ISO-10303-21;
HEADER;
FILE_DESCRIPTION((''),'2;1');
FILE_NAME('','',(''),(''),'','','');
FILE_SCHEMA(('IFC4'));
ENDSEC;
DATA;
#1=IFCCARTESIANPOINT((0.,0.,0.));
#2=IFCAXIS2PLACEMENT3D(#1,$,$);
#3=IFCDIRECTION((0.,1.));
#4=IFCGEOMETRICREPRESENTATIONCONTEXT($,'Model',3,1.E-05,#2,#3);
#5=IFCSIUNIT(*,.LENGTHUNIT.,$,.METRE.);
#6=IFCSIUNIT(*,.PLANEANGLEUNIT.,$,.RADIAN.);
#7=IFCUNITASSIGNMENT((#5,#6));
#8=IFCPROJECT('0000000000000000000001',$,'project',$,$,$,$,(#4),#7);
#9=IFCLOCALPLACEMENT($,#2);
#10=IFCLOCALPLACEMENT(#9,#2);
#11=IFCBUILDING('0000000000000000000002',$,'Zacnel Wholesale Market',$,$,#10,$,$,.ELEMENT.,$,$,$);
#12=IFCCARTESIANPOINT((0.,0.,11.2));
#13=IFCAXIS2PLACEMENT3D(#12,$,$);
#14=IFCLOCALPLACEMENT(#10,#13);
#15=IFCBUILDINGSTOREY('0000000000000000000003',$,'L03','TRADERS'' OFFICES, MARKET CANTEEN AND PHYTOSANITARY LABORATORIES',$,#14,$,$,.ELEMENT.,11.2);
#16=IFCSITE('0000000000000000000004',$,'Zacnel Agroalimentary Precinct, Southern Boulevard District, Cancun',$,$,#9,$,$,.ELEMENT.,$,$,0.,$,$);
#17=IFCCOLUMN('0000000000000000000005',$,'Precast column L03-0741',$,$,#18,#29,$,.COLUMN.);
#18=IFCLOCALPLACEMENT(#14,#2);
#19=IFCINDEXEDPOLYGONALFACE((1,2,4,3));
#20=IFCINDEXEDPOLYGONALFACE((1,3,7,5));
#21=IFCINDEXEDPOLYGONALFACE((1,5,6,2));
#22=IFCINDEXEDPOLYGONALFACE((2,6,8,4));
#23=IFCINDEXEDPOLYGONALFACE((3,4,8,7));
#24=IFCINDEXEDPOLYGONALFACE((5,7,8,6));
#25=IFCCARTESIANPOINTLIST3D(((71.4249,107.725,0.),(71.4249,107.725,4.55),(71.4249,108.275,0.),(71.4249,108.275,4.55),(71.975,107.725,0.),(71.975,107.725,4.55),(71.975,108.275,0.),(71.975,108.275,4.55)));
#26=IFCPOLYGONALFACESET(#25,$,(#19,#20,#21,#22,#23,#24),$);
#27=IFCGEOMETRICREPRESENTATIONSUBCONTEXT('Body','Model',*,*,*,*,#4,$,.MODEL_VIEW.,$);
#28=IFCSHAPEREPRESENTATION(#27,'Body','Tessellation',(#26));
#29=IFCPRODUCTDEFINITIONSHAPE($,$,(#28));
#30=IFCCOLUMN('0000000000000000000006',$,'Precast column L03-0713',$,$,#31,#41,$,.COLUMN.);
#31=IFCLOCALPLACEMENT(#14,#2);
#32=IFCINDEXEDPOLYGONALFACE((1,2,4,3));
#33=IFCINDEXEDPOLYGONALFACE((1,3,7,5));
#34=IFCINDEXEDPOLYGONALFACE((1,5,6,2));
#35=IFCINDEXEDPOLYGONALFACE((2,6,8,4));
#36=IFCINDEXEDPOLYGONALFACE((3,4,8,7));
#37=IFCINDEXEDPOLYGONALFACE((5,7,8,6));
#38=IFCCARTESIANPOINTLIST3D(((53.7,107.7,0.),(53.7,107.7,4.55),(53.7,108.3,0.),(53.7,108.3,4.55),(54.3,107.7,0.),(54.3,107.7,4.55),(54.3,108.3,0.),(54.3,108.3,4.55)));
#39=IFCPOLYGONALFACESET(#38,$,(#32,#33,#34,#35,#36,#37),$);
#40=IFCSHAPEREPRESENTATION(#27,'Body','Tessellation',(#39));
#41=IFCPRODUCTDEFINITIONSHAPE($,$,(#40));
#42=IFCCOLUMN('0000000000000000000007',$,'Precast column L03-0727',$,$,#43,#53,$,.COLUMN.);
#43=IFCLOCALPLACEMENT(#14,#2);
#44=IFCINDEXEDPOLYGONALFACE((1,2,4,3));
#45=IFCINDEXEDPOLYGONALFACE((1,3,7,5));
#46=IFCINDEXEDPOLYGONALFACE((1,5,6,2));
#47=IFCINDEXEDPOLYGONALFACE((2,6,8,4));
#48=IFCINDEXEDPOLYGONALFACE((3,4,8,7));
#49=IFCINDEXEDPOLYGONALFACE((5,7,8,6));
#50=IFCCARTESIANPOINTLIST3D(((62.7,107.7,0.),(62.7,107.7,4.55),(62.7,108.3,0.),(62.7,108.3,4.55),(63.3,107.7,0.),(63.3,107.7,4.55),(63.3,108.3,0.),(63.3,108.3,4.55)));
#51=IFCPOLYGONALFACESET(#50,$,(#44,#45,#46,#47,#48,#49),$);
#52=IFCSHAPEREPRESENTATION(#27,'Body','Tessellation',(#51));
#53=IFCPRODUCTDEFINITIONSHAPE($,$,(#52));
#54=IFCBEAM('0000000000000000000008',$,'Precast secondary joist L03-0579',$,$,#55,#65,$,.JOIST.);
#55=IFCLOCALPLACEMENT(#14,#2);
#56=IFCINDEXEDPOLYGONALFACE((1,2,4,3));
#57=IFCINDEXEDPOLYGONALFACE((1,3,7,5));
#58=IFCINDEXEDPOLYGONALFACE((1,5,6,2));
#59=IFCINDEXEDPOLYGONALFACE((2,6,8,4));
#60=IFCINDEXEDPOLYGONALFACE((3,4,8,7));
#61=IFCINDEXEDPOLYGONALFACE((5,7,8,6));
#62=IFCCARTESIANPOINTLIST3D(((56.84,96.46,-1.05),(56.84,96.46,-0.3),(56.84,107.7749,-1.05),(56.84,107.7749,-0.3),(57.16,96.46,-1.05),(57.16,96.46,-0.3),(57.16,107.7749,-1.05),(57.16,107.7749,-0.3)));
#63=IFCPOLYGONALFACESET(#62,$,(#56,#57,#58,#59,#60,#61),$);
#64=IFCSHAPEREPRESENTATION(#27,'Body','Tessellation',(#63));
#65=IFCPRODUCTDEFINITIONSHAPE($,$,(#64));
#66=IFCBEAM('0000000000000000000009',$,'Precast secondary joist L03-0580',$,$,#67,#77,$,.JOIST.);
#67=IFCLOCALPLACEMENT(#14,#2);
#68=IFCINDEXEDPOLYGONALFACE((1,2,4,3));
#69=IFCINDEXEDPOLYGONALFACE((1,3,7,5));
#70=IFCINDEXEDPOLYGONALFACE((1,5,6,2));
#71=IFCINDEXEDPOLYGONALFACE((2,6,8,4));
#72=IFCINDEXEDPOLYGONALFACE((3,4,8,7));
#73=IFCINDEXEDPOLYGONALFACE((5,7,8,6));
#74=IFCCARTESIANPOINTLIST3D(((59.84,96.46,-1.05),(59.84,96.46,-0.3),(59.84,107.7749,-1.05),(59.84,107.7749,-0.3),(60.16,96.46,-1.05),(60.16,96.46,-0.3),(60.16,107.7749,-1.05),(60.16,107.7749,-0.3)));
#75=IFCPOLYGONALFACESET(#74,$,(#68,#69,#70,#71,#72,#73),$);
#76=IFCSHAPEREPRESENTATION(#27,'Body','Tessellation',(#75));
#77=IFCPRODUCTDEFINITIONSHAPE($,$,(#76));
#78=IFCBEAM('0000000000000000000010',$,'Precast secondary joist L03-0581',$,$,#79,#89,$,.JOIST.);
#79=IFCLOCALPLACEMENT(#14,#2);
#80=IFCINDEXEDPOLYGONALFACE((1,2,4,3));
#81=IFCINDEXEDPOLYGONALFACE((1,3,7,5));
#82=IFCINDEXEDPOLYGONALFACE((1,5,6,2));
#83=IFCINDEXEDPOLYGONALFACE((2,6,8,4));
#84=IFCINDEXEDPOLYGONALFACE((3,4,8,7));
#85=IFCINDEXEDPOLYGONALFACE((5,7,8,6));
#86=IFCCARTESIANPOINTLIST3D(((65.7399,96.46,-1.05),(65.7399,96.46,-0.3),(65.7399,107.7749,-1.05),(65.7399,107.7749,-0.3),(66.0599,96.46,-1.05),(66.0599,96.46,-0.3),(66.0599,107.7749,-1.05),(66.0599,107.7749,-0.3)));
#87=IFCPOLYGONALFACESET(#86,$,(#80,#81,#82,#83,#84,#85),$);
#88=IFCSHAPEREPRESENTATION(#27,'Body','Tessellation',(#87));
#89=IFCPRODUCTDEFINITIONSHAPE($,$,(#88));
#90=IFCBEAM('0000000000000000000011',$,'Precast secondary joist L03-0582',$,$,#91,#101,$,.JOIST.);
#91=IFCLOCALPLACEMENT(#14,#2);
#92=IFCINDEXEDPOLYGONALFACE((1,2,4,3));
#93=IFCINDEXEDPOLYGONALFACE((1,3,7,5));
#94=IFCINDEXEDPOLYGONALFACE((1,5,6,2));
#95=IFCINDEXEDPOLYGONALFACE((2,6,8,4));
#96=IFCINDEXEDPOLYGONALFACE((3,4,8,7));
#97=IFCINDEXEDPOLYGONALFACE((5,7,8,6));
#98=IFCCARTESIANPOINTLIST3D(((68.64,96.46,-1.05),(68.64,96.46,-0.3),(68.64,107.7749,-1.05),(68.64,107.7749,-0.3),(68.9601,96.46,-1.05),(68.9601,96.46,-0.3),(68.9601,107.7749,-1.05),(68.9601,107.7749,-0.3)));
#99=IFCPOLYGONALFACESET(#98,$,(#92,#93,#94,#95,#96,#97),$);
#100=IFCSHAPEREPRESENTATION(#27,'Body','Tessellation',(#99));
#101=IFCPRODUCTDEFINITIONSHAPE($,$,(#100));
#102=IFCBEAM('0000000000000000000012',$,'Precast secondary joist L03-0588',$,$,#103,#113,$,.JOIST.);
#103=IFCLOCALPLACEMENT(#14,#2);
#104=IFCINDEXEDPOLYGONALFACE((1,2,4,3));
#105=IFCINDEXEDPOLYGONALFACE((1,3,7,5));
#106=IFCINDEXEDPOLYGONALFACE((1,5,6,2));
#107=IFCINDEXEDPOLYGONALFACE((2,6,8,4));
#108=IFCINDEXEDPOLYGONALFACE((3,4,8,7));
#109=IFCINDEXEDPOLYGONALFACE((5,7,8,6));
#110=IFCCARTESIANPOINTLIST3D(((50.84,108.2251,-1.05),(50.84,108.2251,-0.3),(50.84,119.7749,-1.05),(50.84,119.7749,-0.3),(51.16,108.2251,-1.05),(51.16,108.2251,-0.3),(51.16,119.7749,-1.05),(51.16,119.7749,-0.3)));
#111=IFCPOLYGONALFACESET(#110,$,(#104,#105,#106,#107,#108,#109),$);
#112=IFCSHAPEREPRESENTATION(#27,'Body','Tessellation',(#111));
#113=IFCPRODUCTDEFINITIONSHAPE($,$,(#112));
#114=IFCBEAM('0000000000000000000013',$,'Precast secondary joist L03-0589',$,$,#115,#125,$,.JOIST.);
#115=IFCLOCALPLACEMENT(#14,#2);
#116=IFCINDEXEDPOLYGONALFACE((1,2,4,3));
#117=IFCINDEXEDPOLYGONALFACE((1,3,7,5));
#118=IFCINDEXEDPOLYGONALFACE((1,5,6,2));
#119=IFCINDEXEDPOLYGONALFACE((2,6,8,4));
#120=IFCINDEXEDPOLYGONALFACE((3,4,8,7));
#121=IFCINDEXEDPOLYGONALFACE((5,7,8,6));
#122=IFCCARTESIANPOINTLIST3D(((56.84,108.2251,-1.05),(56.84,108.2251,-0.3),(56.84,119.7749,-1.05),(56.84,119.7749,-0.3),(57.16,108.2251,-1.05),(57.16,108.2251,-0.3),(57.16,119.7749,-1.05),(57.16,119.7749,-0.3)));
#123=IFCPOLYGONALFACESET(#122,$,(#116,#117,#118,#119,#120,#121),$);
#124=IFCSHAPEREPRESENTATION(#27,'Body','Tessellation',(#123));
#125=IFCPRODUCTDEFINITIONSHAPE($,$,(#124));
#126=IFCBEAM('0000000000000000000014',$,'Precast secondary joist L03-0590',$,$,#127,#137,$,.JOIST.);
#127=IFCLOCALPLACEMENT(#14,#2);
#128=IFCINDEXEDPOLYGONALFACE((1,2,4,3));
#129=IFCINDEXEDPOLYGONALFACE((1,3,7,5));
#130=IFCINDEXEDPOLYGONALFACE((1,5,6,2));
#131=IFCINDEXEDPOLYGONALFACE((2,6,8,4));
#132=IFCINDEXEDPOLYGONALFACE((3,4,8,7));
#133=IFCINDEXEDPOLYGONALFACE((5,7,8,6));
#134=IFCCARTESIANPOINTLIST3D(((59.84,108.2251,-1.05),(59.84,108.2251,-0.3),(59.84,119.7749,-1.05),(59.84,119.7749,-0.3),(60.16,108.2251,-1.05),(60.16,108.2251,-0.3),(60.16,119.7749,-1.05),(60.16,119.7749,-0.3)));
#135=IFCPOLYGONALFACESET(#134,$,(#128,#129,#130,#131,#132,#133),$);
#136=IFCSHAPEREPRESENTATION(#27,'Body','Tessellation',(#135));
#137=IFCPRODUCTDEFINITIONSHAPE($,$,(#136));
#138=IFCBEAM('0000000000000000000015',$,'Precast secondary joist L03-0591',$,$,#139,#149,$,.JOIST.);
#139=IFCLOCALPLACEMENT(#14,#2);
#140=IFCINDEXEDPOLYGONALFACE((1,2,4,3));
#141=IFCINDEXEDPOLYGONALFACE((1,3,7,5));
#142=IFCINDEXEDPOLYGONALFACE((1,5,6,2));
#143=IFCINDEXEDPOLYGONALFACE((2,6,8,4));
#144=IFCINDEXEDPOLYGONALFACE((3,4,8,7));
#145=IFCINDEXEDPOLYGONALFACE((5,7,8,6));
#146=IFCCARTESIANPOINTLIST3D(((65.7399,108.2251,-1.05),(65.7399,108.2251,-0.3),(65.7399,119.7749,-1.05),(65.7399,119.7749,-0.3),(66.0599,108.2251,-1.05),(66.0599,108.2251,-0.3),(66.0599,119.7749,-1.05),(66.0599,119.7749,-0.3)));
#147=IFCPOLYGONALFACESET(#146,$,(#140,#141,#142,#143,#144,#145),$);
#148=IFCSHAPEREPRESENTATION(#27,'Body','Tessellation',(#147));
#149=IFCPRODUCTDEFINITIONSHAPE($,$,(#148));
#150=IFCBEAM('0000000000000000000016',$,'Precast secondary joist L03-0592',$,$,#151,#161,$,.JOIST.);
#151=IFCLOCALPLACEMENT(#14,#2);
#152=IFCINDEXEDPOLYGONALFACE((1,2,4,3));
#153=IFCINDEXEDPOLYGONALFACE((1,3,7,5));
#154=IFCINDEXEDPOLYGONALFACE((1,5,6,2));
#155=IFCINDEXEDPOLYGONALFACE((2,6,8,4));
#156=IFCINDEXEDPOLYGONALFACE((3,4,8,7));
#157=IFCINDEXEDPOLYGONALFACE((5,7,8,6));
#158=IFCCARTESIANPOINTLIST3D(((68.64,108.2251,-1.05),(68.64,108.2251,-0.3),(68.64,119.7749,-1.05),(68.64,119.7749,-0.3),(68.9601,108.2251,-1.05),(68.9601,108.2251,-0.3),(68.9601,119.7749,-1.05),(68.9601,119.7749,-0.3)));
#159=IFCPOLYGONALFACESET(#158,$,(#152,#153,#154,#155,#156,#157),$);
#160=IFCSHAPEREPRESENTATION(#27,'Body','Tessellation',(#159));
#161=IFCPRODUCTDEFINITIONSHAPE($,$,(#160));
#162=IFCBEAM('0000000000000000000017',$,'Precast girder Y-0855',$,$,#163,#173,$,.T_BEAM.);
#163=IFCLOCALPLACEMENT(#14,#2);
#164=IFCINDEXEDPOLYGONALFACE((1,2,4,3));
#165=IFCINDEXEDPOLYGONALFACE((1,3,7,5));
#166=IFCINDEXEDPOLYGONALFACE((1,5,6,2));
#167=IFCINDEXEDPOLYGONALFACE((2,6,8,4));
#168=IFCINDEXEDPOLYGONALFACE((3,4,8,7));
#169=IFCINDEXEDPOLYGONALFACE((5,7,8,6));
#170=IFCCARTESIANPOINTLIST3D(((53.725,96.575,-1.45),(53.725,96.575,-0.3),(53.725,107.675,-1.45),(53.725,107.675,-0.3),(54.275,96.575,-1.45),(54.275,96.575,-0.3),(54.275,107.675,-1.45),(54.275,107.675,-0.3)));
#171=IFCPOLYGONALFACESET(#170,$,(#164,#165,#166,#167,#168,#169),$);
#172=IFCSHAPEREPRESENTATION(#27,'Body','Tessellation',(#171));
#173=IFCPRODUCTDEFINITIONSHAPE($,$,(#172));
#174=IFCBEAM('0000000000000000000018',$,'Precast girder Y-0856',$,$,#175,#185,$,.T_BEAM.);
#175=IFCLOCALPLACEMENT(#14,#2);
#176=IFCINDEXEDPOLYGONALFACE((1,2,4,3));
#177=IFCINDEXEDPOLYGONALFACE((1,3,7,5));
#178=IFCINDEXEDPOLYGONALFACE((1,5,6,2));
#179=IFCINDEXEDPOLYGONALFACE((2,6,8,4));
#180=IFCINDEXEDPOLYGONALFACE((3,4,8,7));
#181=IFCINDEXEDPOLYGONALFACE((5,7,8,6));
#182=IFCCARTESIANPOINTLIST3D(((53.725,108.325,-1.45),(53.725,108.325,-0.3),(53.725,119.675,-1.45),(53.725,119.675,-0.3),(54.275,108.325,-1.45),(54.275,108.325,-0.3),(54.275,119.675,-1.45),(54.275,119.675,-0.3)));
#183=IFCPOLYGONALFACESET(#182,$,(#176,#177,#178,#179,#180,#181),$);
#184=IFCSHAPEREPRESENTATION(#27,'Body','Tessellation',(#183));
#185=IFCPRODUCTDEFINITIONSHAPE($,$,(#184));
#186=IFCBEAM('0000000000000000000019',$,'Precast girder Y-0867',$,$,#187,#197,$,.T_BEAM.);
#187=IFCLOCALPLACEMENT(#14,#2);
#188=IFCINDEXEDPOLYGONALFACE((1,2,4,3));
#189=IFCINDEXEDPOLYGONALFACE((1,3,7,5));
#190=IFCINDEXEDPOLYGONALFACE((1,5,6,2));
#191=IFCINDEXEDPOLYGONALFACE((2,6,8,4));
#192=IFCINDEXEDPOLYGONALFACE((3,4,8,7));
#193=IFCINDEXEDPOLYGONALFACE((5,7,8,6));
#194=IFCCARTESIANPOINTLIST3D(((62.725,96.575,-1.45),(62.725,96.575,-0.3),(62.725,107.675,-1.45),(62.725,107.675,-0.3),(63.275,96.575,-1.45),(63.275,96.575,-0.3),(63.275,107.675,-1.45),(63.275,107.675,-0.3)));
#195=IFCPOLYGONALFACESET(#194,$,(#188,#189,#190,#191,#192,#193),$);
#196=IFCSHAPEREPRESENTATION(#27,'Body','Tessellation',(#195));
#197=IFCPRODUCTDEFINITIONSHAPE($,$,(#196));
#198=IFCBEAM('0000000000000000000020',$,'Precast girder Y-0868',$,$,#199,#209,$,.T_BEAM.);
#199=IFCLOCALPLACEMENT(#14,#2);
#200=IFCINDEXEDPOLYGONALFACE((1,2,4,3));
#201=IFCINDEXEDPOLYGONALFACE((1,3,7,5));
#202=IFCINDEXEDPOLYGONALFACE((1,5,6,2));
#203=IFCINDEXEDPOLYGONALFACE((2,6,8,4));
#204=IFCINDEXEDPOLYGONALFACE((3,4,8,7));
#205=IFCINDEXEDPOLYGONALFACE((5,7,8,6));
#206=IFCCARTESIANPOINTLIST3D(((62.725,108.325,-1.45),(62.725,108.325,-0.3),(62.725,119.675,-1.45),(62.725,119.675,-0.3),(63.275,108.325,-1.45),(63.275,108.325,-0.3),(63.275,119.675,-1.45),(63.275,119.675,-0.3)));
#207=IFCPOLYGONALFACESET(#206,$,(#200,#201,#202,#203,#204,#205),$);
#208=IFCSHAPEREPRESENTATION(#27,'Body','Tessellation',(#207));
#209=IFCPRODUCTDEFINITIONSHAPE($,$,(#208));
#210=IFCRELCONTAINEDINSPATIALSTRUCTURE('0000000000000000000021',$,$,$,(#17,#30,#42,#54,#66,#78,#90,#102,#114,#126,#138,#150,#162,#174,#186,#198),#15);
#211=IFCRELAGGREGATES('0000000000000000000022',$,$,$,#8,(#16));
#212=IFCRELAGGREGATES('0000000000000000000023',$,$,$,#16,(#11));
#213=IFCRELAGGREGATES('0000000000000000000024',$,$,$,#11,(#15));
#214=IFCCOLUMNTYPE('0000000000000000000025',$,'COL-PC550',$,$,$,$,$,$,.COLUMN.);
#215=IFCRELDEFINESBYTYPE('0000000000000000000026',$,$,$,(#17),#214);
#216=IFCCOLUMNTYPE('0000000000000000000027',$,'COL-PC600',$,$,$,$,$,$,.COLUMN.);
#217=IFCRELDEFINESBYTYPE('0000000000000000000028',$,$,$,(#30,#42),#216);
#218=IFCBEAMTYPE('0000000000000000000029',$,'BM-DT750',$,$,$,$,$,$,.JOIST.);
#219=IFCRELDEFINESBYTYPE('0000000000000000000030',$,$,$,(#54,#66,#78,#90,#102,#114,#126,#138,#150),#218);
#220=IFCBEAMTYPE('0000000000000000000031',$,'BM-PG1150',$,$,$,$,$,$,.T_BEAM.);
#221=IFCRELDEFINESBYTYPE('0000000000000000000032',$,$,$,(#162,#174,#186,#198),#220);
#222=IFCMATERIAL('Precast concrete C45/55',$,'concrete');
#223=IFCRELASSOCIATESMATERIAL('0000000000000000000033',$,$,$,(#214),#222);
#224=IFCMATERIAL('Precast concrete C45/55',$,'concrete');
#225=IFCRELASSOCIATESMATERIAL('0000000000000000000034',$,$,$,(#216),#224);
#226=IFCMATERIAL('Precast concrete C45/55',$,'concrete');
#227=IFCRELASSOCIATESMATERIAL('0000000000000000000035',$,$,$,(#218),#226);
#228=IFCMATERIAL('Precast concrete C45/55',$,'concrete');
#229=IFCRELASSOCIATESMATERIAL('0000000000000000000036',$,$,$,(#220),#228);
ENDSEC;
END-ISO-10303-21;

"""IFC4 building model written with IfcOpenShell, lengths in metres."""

from ifc_helpers import new_model, si_unit, direction, frame, origin, origin_2d, place, context, subcontext, project, spatial, rectangle, extrude, material, material_profile, profile_set, type_object, element, save


model = new_model("IFC4")

# Units and contexts
model_context = context("Model", 3, precision=1e-05, world=origin(), true_north=direction((0.0, 1.0)))
body_context = subcontext(model_context, "Body", "Model", "MODEL_VIEW")
ifc_project = project(units=[si_unit("LENGTHUNIT", "METRE"), si_unit("PLANEANGLEUNIT", "RADIAN")], contexts=[model_context])

# Site, building, storey
site_placement = place(None, origin())
site = spatial("IfcSite", under=ifc_project, at=site_placement, Name="Zacnel Agroalimentary Precinct, Southern Boulevard District, Cancun", CompositionType="ELEMENT", RefElevation=0.0)
building_placement = place(site_placement, origin())
building = spatial("IfcBuilding", under=site, at=building_placement, Name="Zacnel Wholesale Market", CompositionType="ELEMENT")
storey_placement = place(building_placement, frame((0.0, 0.0, 11.2)))
storey = spatial("IfcBuildingStorey", under=building, at=storey_placement, Name="L03", Description="TRADERS' OFFICES, MARKET CANTEEN AND PHYTOSANITARY LABORATORIES", CompositionType="ELEMENT", Elevation=11.2)

# Columns
ifc_material_1 = material(Name="Precast concrete C45/55", Category="concrete")
ifc_material_profile_1 = material_profile(ifc_material_1, rectangle(XDim=0.55, YDim=0.55, at=origin_2d()), Name="PC 550x550")
ifc_profile_set_1 = profile_set([ifc_material_profile_1], Name="Precast concrete C45/55")
column_type_1 = type_object("IfcColumnType", Name="COL-PC550", PredefinedType="COLUMN", material=ifc_profile_set_1)
column_placement = place(storey_placement, frame((71.7, 108.0, 0.0), z_axis=(0.0, 0.0, 1.0), x_axis=(1.0, 0.0, 0.0)))
element("IfcColumn", 1, at=column_placement, inside=storey, type_object=column_type_1, Name="Precast column L03-0741", PredefinedType="COLUMN", context=body_context, shape_type="SweptSolid", body=[
    extrude(rectangle(XDim=0.55, YDim=0.55, at=origin_2d()), origin(), (0.0, 0.0, 1.0), 4.55),
])
ifc_material_2 = material(Name="Precast concrete C45/55", Category="concrete")
ifc_material_profile_2 = material_profile(ifc_material_2, rectangle(XDim=0.6001, YDim=0.6001, at=origin_2d()), Name="PC 600x600")
ifc_profile_set_2 = profile_set([ifc_material_profile_2], Name="Precast concrete C45/55")
column_type_2 = type_object("IfcColumnType", Name="COL-PC600", PredefinedType="COLUMN", material=ifc_profile_set_2)
for number, where, z_axis, x_axis, name in (
    (2, (54.0, 108.0, 0.0), (0.0, 0.0, 1.0), (1.0, 0.0, 0.0), "Precast column L03-0713"),
    (3, (63.0, 108.0, 0.0), (0.0, 0.0, 1.0), (1.0, 0.0, 0.0), "Precast column L03-0727"),
):
    element("IfcColumn", number, at=place(storey_placement, frame(where, z_axis=z_axis, x_axis=x_axis)), inside=storey, type_object=column_type_2, Name=name, PredefinedType="COLUMN", context=body_context, shape_type="SweptSolid", body=[
        extrude(rectangle(XDim=0.6001, YDim=0.6001, at=origin_2d()), origin(), (0.0, 0.0, 1.0), 4.55),
    ])

# Beams
ifc_material_3 = material(Name="Precast concrete C45/55", Category="concrete")
ifc_material_profile_3 = material_profile(ifc_material_3, rectangle(XDim=0.3201, YDim=0.75, at=origin_2d()), Name="DT RIB 320x750")
ifc_profile_set_3 = profile_set([ifc_material_profile_3], Name="Precast concrete C45/55")
beam_type_1 = type_object("IfcBeamType", Name="BM-DT750", PredefinedType="JOIST", material=ifc_profile_set_3)
for number, where, z_axis, x_axis, name in (
    (4, (57.0, 96.46, -0.675), (0.0, 1.0, 0.0), (-1.0, 0.0, 0.0), "Precast secondary joist L03-0579"),
    (5, (60.0, 96.46, -0.675), (0.0, 1.0, 0.0), (-1.0, 0.0, 0.0), "Precast secondary joist L03-0580"),
    (6, (65.8999, 96.46, -0.675), (0.0, 1.0, 0.0), (-1.0, 0.0, 0.0), "Precast secondary joist L03-0581"),
    (7, (68.8, 96.46, -0.675), (0.0, 1.0, 0.0), (-1.0, 0.0, 0.0), "Precast secondary joist L03-0582"),
):
    element("IfcBeam", number, at=place(storey_placement, frame(where, z_axis=z_axis, x_axis=x_axis)), inside=storey, type_object=beam_type_1, Name=name, PredefinedType="JOIST", context=body_context, shape_type="SweptSolid", body=[
        extrude(rectangle(XDim=0.3201, YDim=0.75, at=origin_2d()), origin(), (0.0, 0.0, 1.0), 11.3149),
    ])
for number, where, z_axis, x_axis, name in (
    (8, (51.0, 108.2251, -0.675), (0.0, 1.0, 0.0), (-1.0, 0.0, 0.0), "Precast secondary joist L03-0588"),
    (9, (57.0, 108.2251, -0.675), (0.0, 1.0, 0.0), (-1.0, 0.0, 0.0), "Precast secondary joist L03-0589"),
    (10, (60.0, 108.2251, -0.675), (0.0, 1.0, 0.0), (-1.0, 0.0, 0.0), "Precast secondary joist L03-0590"),
    (11, (65.8999, 108.2251, -0.675), (0.0, 1.0, 0.0), (-1.0, 0.0, 0.0), "Precast secondary joist L03-0591"),
    (12, (68.8, 108.2251, -0.675), (0.0, 1.0, 0.0), (-1.0, 0.0, 0.0), "Precast secondary joist L03-0592"),
):
    element("IfcBeam", number, at=place(storey_placement, frame(where, z_axis=z_axis, x_axis=x_axis)), inside=storey, type_object=beam_type_1, Name=name, PredefinedType="JOIST", context=body_context, shape_type="SweptSolid", body=[
        extrude(rectangle(XDim=0.3201, YDim=0.75, at=origin_2d()), origin(), (0.0, 0.0, 1.0), 11.5498),
    ])
ifc_material_4 = material(Name="Precast concrete C45/55", Category="concrete")
ifc_material_profile_4 = material_profile(ifc_material_4, rectangle(XDim=0.55, YDim=1.1499, at=origin_2d()), Name="PG 550x1150")
ifc_profile_set_4 = profile_set([ifc_material_profile_4], Name="Precast concrete C45/55")
beam_type_2 = type_object("IfcBeamType", Name="BM-PG1150", PredefinedType="T_BEAM", material=ifc_profile_set_4)
beam_1_placement = place(storey_placement, frame((54.0, 96.575, -0.875), z_axis=(0.0, 1.0, 0.0), x_axis=(-1.0, 0.0, 0.0)))
element("IfcBeam", 13, at=beam_1_placement, inside=storey, type_object=beam_type_2, Name="Precast girder Y-0855", PredefinedType="T_BEAM", context=body_context, shape_type="SweptSolid", body=[
    extrude(rectangle(XDim=0.55, YDim=1.1499, at=origin_2d()), origin(), (0.0, 0.0, 1.0), 11.1001),
])
beam_2_placement = place(storey_placement, frame((54.0, 108.325, -0.875), z_axis=(0.0, 1.0, 0.0), x_axis=(-1.0, 0.0, 0.0)))
element("IfcBeam", 14, at=beam_2_placement, inside=storey, type_object=beam_type_2, Name="Precast girder Y-0856", PredefinedType="T_BEAM", context=body_context, shape_type="SweptSolid", body=[
    extrude(rectangle(XDim=0.55, YDim=1.1499, at=origin_2d()), origin(), (0.0, 0.0, 1.0), 11.3501),
])
beam_3_placement = place(storey_placement, frame((63.0, 96.575, -0.875), z_axis=(0.0, 1.0, 0.0), x_axis=(-1.0, 0.0, 0.0)))
element("IfcBeam", 15, at=beam_3_placement, inside=storey, type_object=beam_type_2, Name="Precast girder Y-0867", PredefinedType="T_BEAM", context=body_context, shape_type="SweptSolid", body=[
    extrude(rectangle(XDim=0.55, YDim=1.1499, at=origin_2d()), origin(), (0.0, 0.0, 1.0), 11.1001),
])
beam_4_placement = place(storey_placement, frame((63.0, 108.325, -0.875), z_axis=(0.0, 1.0, 0.0), x_axis=(-1.0, 0.0, 0.0)))
element("IfcBeam", 16, at=beam_4_placement, inside=storey, type_object=beam_type_2, Name="Precast girder Y-0868", PredefinedType="T_BEAM", context=body_context, shape_type="SweptSolid", body=[
    extrude(rectangle(XDim=0.55, YDim=1.1499, at=origin_2d()), origin(), (0.0, 0.0, 1.0), 11.3501),
])

save(model, "model.ifc")
